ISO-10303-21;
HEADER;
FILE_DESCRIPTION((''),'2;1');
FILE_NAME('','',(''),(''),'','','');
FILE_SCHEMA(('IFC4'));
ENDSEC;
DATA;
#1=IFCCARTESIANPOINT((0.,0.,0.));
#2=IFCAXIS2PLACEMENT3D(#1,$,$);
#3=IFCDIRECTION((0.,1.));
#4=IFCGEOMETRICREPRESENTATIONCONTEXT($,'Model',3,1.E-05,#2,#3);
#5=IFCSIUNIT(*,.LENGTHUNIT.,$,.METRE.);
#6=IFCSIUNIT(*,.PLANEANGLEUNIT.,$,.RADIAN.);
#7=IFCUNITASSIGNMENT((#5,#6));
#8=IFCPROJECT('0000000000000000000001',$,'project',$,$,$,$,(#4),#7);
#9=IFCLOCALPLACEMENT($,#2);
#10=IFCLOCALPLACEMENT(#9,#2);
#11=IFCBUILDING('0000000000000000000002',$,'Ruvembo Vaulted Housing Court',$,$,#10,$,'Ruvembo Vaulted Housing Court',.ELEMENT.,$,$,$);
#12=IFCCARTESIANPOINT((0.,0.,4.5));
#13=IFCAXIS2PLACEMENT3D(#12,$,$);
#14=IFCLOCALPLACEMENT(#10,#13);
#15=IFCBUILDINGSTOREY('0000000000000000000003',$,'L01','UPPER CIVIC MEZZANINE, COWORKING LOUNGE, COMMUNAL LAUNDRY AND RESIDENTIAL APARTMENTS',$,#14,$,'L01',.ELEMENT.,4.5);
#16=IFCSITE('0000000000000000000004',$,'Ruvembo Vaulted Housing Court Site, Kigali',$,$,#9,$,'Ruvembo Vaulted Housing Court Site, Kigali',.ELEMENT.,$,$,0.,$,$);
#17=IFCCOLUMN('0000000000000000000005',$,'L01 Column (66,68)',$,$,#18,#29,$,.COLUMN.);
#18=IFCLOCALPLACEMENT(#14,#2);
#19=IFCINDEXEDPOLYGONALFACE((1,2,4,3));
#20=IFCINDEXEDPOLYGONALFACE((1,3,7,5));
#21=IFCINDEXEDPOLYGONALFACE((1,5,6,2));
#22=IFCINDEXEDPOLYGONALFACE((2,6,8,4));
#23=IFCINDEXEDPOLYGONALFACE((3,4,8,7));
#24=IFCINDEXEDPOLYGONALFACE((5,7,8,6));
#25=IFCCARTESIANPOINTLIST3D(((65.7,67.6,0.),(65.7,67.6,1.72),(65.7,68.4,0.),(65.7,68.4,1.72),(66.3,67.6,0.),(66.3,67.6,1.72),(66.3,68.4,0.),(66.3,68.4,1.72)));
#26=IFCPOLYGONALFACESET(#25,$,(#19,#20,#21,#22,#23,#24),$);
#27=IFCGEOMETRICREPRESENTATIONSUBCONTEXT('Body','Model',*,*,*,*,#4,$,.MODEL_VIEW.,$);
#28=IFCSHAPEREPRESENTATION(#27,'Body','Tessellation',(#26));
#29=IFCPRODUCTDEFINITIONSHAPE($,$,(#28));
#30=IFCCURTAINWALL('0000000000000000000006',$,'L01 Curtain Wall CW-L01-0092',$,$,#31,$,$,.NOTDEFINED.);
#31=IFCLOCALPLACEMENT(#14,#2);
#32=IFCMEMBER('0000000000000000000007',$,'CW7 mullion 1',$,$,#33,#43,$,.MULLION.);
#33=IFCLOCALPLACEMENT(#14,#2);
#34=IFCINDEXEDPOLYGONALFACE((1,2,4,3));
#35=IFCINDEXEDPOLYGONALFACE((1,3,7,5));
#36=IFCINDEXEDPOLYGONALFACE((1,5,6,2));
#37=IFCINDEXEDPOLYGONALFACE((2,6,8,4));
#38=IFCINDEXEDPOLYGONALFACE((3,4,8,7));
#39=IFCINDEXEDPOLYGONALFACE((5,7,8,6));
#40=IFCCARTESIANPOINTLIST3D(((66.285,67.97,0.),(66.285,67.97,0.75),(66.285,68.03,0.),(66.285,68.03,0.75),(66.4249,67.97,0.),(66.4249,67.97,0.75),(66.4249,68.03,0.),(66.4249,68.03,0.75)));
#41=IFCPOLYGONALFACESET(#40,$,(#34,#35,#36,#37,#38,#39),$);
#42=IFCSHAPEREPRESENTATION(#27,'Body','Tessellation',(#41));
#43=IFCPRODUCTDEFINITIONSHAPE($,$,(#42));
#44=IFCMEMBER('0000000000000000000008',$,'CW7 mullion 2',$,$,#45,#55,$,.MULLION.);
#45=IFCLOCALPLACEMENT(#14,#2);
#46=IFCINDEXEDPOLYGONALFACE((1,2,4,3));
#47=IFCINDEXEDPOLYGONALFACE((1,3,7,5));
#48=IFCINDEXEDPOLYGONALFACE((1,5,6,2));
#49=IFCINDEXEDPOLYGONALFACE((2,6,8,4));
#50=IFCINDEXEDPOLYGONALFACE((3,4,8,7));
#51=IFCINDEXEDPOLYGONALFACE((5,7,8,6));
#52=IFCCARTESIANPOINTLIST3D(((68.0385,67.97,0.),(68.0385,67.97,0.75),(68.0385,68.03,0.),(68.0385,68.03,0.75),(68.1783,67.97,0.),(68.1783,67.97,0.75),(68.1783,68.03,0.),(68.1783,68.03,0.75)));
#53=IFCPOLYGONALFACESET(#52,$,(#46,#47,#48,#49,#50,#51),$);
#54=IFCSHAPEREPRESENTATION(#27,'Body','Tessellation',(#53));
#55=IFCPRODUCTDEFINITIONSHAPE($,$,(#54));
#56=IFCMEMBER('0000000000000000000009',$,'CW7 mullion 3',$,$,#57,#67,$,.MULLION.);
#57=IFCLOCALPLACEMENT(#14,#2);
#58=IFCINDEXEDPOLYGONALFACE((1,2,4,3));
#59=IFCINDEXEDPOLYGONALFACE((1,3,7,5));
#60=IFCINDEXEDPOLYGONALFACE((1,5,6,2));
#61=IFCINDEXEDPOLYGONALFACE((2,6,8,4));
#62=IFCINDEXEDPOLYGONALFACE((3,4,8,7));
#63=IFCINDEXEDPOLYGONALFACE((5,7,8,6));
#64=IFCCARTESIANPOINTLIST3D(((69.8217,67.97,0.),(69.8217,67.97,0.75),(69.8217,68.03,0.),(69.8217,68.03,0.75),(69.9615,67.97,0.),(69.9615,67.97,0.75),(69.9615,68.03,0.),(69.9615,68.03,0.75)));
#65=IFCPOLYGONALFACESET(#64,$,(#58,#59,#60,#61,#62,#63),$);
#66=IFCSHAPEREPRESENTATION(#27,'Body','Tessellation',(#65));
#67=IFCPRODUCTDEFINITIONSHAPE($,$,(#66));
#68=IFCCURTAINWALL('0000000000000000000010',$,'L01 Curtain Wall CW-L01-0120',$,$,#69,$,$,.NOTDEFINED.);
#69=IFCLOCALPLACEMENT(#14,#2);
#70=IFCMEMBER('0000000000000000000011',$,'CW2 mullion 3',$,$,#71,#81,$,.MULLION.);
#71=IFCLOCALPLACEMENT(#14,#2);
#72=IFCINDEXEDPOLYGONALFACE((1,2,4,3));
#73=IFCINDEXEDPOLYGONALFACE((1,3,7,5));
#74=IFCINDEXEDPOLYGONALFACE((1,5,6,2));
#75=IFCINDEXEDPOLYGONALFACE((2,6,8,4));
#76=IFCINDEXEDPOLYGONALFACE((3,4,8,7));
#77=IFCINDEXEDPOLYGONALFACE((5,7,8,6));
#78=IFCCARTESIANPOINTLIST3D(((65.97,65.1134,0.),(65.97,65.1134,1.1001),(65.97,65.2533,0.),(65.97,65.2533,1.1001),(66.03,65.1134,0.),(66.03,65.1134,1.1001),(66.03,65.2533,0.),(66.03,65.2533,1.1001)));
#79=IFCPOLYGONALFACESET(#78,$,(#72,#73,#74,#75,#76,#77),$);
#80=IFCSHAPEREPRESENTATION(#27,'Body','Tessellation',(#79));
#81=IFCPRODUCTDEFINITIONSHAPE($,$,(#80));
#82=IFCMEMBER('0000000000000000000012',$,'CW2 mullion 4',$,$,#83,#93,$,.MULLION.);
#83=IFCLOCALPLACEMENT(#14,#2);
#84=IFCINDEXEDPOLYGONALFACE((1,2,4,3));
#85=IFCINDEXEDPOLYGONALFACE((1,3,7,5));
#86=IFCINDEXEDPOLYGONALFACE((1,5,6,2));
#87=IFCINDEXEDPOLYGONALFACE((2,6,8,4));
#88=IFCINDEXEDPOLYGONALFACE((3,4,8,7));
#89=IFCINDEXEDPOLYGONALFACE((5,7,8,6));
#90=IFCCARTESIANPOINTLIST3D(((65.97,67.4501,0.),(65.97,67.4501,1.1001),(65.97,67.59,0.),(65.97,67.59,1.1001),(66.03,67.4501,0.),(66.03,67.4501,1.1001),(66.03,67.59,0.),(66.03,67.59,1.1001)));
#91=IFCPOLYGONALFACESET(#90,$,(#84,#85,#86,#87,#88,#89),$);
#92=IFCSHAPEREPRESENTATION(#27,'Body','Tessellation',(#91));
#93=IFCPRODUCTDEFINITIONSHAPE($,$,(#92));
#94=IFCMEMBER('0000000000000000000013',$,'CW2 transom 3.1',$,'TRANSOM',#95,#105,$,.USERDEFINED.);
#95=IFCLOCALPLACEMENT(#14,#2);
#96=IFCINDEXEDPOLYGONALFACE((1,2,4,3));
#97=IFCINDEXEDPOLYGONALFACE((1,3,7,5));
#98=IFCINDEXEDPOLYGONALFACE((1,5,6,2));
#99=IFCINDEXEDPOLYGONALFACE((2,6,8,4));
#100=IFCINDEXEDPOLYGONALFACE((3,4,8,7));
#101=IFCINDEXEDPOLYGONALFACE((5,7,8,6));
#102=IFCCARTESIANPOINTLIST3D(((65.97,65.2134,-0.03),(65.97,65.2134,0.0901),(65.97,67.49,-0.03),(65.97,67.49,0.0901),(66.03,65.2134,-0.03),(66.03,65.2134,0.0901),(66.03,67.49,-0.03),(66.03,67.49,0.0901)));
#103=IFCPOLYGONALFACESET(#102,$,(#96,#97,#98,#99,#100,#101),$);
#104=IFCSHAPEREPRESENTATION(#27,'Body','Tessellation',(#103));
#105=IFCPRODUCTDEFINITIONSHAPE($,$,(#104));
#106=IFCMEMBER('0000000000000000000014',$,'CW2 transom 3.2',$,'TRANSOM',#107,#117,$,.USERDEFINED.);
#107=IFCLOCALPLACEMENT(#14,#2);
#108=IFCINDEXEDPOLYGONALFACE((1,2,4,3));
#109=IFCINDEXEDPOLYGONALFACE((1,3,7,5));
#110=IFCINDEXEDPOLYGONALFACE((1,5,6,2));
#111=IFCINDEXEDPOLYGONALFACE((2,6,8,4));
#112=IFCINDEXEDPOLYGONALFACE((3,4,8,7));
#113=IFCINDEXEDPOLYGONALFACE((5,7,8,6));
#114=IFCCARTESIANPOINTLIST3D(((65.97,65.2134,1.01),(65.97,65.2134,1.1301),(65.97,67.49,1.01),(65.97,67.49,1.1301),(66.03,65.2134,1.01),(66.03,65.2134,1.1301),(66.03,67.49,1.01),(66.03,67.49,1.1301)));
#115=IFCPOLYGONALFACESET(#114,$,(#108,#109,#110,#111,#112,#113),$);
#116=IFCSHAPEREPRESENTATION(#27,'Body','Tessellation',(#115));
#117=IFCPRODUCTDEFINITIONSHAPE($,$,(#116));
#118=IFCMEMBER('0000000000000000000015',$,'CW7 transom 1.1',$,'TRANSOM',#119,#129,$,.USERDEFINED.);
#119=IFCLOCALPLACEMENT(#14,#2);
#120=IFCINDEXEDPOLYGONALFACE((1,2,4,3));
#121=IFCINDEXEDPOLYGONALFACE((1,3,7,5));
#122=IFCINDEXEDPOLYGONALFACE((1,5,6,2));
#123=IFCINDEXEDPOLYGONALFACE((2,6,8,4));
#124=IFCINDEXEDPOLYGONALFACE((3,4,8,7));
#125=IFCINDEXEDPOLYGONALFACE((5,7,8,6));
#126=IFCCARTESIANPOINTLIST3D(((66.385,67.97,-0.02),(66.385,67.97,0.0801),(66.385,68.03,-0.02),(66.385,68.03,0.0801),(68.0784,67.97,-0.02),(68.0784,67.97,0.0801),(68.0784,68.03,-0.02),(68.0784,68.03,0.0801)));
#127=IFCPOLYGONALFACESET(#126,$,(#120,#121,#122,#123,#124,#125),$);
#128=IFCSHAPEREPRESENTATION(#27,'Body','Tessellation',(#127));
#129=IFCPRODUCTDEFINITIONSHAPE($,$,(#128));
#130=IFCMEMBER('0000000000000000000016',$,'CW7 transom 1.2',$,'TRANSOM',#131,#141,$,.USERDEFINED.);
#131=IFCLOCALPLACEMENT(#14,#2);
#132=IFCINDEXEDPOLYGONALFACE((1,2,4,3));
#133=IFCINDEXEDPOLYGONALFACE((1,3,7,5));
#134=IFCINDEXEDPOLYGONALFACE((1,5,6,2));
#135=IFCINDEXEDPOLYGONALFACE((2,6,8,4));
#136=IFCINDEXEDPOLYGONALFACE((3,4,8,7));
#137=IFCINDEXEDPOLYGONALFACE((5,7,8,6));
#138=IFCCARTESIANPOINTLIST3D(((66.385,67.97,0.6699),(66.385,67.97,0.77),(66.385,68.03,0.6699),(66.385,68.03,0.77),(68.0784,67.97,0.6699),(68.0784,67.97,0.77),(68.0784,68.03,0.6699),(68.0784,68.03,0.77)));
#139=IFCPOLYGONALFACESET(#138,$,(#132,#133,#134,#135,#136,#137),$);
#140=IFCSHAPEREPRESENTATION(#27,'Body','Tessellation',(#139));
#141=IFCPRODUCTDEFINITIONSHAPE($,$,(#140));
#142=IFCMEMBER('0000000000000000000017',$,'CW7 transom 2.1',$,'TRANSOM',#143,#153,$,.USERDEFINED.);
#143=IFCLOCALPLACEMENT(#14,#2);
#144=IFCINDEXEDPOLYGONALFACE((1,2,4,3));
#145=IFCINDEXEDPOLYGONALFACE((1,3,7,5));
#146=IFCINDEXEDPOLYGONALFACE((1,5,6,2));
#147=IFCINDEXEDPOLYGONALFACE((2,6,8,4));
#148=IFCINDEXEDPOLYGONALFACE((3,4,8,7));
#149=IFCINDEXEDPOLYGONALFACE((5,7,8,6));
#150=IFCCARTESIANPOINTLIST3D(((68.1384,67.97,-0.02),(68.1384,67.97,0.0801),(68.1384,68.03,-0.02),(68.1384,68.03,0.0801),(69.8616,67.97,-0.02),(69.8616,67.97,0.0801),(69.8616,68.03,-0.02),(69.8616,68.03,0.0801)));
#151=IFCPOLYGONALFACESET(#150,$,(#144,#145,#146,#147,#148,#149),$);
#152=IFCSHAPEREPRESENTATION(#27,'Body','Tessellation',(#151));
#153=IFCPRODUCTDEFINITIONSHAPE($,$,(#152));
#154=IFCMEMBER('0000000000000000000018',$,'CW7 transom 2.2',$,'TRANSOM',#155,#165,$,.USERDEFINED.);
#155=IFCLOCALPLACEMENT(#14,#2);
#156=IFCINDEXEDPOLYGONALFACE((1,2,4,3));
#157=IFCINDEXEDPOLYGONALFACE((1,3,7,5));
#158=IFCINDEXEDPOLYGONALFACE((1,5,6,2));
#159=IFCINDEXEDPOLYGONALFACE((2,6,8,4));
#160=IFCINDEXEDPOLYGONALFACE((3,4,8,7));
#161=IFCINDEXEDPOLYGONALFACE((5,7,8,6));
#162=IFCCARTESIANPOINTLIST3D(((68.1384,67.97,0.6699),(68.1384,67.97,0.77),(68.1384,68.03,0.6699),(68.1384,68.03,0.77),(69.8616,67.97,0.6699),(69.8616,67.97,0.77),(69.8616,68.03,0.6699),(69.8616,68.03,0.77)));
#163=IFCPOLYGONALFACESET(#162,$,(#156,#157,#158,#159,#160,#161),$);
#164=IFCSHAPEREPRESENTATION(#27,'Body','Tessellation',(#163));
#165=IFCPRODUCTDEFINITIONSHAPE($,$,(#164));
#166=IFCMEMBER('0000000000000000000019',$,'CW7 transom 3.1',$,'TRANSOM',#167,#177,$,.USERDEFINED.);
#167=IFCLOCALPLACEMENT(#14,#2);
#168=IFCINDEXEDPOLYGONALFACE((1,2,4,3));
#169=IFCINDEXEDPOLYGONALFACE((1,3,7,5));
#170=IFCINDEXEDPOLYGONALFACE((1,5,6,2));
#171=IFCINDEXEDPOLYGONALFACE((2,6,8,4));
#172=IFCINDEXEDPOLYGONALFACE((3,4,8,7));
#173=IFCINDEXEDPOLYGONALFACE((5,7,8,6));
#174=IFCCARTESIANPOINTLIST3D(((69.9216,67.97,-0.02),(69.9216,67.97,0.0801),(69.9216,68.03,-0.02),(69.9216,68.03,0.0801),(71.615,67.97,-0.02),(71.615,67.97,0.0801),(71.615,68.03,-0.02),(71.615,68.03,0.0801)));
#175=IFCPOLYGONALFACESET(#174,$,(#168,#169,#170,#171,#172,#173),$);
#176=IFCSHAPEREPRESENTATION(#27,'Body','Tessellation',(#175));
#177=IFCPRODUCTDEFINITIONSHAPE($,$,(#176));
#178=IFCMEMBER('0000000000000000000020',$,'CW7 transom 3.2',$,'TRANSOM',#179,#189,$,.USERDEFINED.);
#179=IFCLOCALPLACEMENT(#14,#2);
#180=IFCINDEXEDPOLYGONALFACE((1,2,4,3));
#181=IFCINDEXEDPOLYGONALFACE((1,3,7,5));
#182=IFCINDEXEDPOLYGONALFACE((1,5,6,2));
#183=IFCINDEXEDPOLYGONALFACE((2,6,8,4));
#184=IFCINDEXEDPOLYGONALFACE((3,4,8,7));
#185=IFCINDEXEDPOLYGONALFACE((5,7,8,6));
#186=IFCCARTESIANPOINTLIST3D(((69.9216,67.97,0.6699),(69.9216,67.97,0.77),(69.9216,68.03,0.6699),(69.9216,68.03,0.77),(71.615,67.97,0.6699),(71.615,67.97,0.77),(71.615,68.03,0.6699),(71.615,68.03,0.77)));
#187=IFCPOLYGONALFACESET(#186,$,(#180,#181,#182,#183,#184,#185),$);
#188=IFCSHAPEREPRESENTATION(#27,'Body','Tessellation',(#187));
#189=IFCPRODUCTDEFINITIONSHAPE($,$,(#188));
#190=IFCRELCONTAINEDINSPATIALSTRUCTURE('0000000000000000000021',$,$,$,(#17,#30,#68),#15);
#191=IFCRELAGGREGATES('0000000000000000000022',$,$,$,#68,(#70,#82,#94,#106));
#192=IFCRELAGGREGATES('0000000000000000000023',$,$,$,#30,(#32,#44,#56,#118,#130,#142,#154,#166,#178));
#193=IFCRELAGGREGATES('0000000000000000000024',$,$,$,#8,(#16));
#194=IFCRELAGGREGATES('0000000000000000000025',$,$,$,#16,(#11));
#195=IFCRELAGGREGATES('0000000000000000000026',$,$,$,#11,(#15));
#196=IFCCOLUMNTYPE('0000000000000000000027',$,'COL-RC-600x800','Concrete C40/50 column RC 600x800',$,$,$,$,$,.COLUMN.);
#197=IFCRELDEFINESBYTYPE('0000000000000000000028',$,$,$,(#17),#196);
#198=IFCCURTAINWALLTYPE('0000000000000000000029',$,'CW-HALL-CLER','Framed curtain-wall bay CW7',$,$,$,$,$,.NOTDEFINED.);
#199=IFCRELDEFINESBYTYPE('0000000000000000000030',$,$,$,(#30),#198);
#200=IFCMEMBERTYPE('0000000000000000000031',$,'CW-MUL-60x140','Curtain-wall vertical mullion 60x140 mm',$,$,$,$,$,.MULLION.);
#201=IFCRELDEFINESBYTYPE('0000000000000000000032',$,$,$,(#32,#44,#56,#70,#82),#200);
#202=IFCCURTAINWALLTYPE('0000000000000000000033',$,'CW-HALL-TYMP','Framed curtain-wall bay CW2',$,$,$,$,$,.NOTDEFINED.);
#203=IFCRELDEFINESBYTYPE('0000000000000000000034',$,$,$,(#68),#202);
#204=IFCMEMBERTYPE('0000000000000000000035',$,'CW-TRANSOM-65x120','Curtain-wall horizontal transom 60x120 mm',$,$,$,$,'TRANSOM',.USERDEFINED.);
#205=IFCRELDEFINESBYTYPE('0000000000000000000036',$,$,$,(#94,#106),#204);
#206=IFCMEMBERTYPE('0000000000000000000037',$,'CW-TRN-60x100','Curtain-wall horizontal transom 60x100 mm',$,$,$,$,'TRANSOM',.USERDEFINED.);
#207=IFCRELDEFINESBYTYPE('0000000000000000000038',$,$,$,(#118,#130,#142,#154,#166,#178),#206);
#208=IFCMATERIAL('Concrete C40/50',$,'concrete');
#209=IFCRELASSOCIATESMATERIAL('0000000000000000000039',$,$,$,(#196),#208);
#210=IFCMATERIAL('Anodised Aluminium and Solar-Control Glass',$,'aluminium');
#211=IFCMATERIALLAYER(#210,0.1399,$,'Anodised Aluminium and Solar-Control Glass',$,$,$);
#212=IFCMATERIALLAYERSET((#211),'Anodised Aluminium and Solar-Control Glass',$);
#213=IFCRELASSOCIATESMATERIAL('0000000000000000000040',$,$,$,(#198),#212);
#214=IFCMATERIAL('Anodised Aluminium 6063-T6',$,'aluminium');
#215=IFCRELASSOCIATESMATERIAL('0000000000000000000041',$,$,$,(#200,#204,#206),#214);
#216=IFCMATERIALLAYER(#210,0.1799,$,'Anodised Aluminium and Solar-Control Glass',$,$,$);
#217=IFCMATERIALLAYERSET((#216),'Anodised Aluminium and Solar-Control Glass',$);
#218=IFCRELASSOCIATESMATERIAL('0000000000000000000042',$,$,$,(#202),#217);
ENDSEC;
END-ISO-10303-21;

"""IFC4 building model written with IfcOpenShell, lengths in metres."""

from ifc_helpers import new_model, si_unit, direction, frame, origin, origin_2d, place, context, subcontext, project, spatial, rectangle, extrude, material, layer, layer_set, material_profile, profile_set, type_object, element, aggregate, save


model = new_model("IFC4")

# Units and contexts
model_context = context("Model", 3, precision=1e-05, world=origin(), true_north=direction((0.0, 1.0)))
body_context = subcontext(model_context, "Body", "Model", "MODEL_VIEW")
ifc_project = project(units=[si_unit("LENGTHUNIT", "METRE"), si_unit("PLANEANGLEUNIT", "RADIAN")], contexts=[model_context])

# Site, building, storey
site_placement = place(None, origin())
site = spatial("IfcSite", under=ifc_project, at=site_placement, Name="Ruvembo Vaulted Housing Court Site, Kigali", LongName="Ruvembo Vaulted Housing Court Site, Kigali", CompositionType="ELEMENT", RefElevation=0.0)
building_placement = place(site_placement, origin())
building = spatial("IfcBuilding", under=site, at=building_placement, Name="Ruvembo Vaulted Housing Court", LongName="Ruvembo Vaulted Housing Court", CompositionType="ELEMENT")
storey_placement = place(building_placement, frame((0.0, 0.0, 4.5)))
storey = spatial("IfcBuildingStorey", under=building, at=storey_placement, Name="L01", Description="UPPER CIVIC MEZZANINE, COWORKING LOUNGE, COMMUNAL LAUNDRY AND RESIDENTIAL APARTMENTS", LongName="L01", CompositionType="ELEMENT", Elevation=4.5)

# Column
ifc_material_1 = material(Name="Concrete C40/50", Category="concrete")
ifc_material_profile_1 = material_profile(ifc_material_1, rectangle(XDim=0.6001, YDim=0.8, at=origin_2d()), Name="RC 600x800")
ifc_profile_set_1 = profile_set([ifc_material_profile_1], Name="Concrete C40/50")
column_type = type_object("IfcColumnType", Name="COL-RC-600x800", Description="Concrete C40/50 column RC 600x800", PredefinedType="COLUMN", material=ifc_profile_set_1)
column_placement = place(storey_placement, frame((66.0, 68.0, 0.0), z_axis=(0.0, 0.0, 1.0), x_axis=(1.0, 0.0, 0.0)))
element("IfcColumn", 1, at=column_placement, inside=storey, type_object=column_type, Name="L01 Column (66,68)", PredefinedType="COLUMN", context=body_context, shape_type="SweptSolid", body=[
    extrude(rectangle(XDim=0.6001, YDim=0.8, at=origin_2d()), origin(), (0.0, 0.0, 1.0), 1.72),
])

# Curtain walls, members
ifc_material_2 = material(Name="Anodised Aluminium and Solar-Control Glass", Category="aluminium")
ifc_layer_1 = layer(ifc_material_2, 0.1399, Name="Anodised Aluminium and Solar-Control Glass")
ifc_layer_set_1 = layer_set([ifc_layer_1], Name="Anodised Aluminium and Solar-Control Glass")
curtain_wall_type_1 = type_object("IfcCurtainWallType", Name="CW-HALL-CLER", Description="Framed curtain-wall bay CW7", PredefinedType="NOTDEFINED", material=ifc_layer_set_1)
curtain_wall_1_placement = place(storey_placement, origin())
curtain_wall_1 = element("IfcCurtainWall", 2, at=curtain_wall_1_placement, inside=storey, type_object=curtain_wall_type_1, Name="L01 Curtain Wall CW-L01-0092", PredefinedType="NOTDEFINED")
ifc_material_3 = material(Name="Anodised Aluminium 6063-T6", Category="aluminium")
ifc_material_profile_2 = material_profile(ifc_material_3, rectangle(XDim=0.0601, YDim=0.1399, at=origin_2d()), Name="ALU 60x140")
ifc_profile_set_2 = profile_set([ifc_material_profile_2], Name="Anodised Aluminium 6063-T6")
member_type_1 = type_object("IfcMemberType", Name="CW-MUL-60x140", Description="Curtain-wall vertical mullion 60x140 mm", PredefinedType="MULLION", material=ifc_profile_set_2)
member_1_placement = place(storey_placement, frame((66.355, 68.0, 0.0), z_axis=(0.0, 0.0, 1.0), x_axis=(0.0, 1.0, 0.0)))
member_1 = element("IfcMember", 3, at=member_1_placement, type_object=member_type_1, Name="CW7 mullion 1", PredefinedType="MULLION", context=body_context, shape_type="SweptSolid", body=[
    extrude(rectangle(XDim=0.0601, YDim=0.1399, at=origin_2d()), origin(), (0.0, 0.0, 1.0), 0.75),
])
member_2_placement = place(storey_placement, frame((68.1084, 68.0, 0.0), z_axis=(0.0, 0.0, 1.0), x_axis=(0.0, 1.0, 0.0)))
member_2 = element("IfcMember", 4, at=member_2_placement, type_object=member_type_1, Name="CW7 mullion 2", PredefinedType="MULLION", context=body_context, shape_type="SweptSolid", body=[
    extrude(rectangle(XDim=0.0601, YDim=0.1399, at=origin_2d()), origin(), (0.0, 0.0, 1.0), 0.75),
])
member_3_placement = place(storey_placement, frame((69.8916, 68.0, 0.0), z_axis=(0.0, 0.0, 1.0), x_axis=(0.0, 1.0, 0.0)))
member_3 = element("IfcMember", 5, at=member_3_placement, type_object=member_type_1, Name="CW7 mullion 3", PredefinedType="MULLION", context=body_context, shape_type="SweptSolid", body=[
    extrude(rectangle(XDim=0.0601, YDim=0.1399, at=origin_2d()), origin(), (0.0, 0.0, 1.0), 0.75),
])
ifc_layer_2 = layer(ifc_material_2, 0.1799, Name="Anodised Aluminium and Solar-Control Glass")
ifc_layer_set_2 = layer_set([ifc_layer_2], Name="Anodised Aluminium and Solar-Control Glass")
curtain_wall_type_2 = type_object("IfcCurtainWallType", Name="CW-HALL-TYMP", Description="Framed curtain-wall bay CW2", PredefinedType="NOTDEFINED", material=ifc_layer_set_2)
curtain_wall_2_placement = place(storey_placement, origin())
curtain_wall_2 = element("IfcCurtainWall", 6, at=curtain_wall_2_placement, inside=storey, type_object=curtain_wall_type_2, Name="L01 Curtain Wall CW-L01-0120", PredefinedType="NOTDEFINED")
member_4_placement = place(storey_placement, frame((66.0, 65.1833, 0.0), z_axis=(0.0, 0.0, 1.0), x_axis=(-1.0, 0.0, 0.0)))
member_4 = element("IfcMember", 7, at=member_4_placement, type_object=member_type_1, Name="CW2 mullion 3", PredefinedType="MULLION", context=body_context, shape_type="SweptSolid", body=[
    extrude(rectangle(XDim=0.0601, YDim=0.1399, at=origin_2d()), origin(), (0.0, 0.0, 1.0), 1.1001),
])
member_5_placement = place(storey_placement, frame((66.0, 67.52, 0.0), z_axis=(0.0, 0.0, 1.0), x_axis=(-1.0, 0.0, 0.0)))
member_5 = element("IfcMember", 8, at=member_5_placement, type_object=member_type_1, Name="CW2 mullion 4", PredefinedType="MULLION", context=body_context, shape_type="SweptSolid", body=[
    extrude(rectangle(XDim=0.0601, YDim=0.1399, at=origin_2d()), origin(), (0.0, 0.0, 1.0), 1.1001),
])
ifc_material_profile_3 = material_profile(ifc_material_3, rectangle(XDim=0.0601, YDim=0.1201, at=origin_2d()), Name="ALU 60x120")
ifc_profile_set_3 = profile_set([ifc_material_profile_3], Name="Anodised Aluminium 6063-T6")
member_type_2 = type_object("IfcMemberType", Name="CW-TRANSOM-65x120", Description="Curtain-wall horizontal transom 60x120 mm", ElementType="TRANSOM", PredefinedType="USERDEFINED", material=ifc_profile_set_3)
member_6_placement = place(storey_placement, frame((66.0, 65.2134, 0.03), z_axis=(0.0, 1.0, 0.0), x_axis=(-1.0, 0.0, 0.0)))
member_6 = element("IfcMember", 9, at=member_6_placement, type_object=member_type_2, Name="CW2 transom 3.1", ObjectType="TRANSOM", PredefinedType="USERDEFINED", context=body_context, shape_type="SweptSolid", body=[
    extrude(rectangle(XDim=0.0601, YDim=0.1201, at=origin_2d()), origin(), (0.0, 0.0, 1.0), 2.2766),
])
member_7_placement = place(storey_placement, frame((66.0, 65.2134, 1.0701), z_axis=(0.0, 1.0, 0.0), x_axis=(-1.0, 0.0, 0.0)))
member_7 = element("IfcMember", 10, at=member_7_placement, type_object=member_type_2, Name="CW2 transom 3.2", ObjectType="TRANSOM", PredefinedType="USERDEFINED", context=body_context, shape_type="SweptSolid", body=[
    extrude(rectangle(XDim=0.0601, YDim=0.1201, at=origin_2d()), origin(), (0.0, 0.0, 1.0), 2.2766),
])

# Members
ifc_material_profile_4 = material_profile(ifc_material_3, rectangle(XDim=0.0601, YDim=0.1001, at=origin_2d()), Name="ALU 60x100")
ifc_profile_set_4 = profile_set([ifc_material_profile_4], Name="Anodised Aluminium 6063-T6")
member_type_3 = type_object("IfcMemberType", Name="CW-TRN-60x100", Description="Curtain-wall horizontal transom 60x100 mm", ElementType="TRANSOM", PredefinedType="USERDEFINED", material=ifc_profile_set_4)
member_8_placement = place(storey_placement, frame((66.385, 68.0, 0.03), z_axis=(1.0, 0.0, 0.0), x_axis=(0.0, 1.0, 0.0)))
member_8 = element("IfcMember", 11, at=member_8_placement, type_object=member_type_3, Name="CW7 transom 1.1", ObjectType="TRANSOM", PredefinedType="USERDEFINED", context=body_context, shape_type="SweptSolid", body=[
    extrude(rectangle(XDim=0.0601, YDim=0.1001, at=origin_2d()), origin(), (0.0, 0.0, 1.0), 1.6934),
])
member_9_placement = place(storey_placement, frame((66.385, 68.0, 0.72), z_axis=(1.0, 0.0, 0.0), x_axis=(0.0, 1.0, 0.0)))
member_9 = element("IfcMember", 12, at=member_9_placement, type_object=member_type_3, Name="CW7 transom 1.2", ObjectType="TRANSOM", PredefinedType="USERDEFINED", context=body_context, shape_type="SweptSolid", body=[
    extrude(rectangle(XDim=0.0601, YDim=0.1001, at=origin_2d()), origin(), (0.0, 0.0, 1.0), 1.6934),
])
member_10_placement = place(storey_placement, frame((68.1384, 68.0, 0.03), z_axis=(1.0, 0.0, 0.0), x_axis=(0.0, 1.0, 0.0)))
member_10 = element("IfcMember", 13, at=member_10_placement, type_object=member_type_3, Name="CW7 transom 2.1", ObjectType="TRANSOM", PredefinedType="USERDEFINED", context=body_context, shape_type="SweptSolid", body=[
    extrude(rectangle(XDim=0.0601, YDim=0.1001, at=origin_2d()), origin(), (0.0, 0.0, 1.0), 1.7231),
])
member_11_placement = place(storey_placement, frame((68.1384, 68.0, 0.72), z_axis=(1.0, 0.0, 0.0), x_axis=(0.0, 1.0, 0.0)))
member_11 = element("IfcMember", 14, at=member_11_placement, type_object=member_type_3, Name="CW7 transom 2.2", ObjectType="TRANSOM", PredefinedType="USERDEFINED", context=body_context, shape_type="SweptSolid", body=[
    extrude(rectangle(XDim=0.0601, YDim=0.1001, at=origin_2d()), origin(), (0.0, 0.0, 1.0), 1.7231),
])
member_12_placement = place(storey_placement, frame((69.9216, 68.0, 0.03), z_axis=(1.0, 0.0, 0.0), x_axis=(0.0, 1.0, 0.0)))
member_12 = element("IfcMember", 15, at=member_12_placement, type_object=member_type_3, Name="CW7 transom 3.1", ObjectType="TRANSOM", PredefinedType="USERDEFINED", context=body_context, shape_type="SweptSolid", body=[
    extrude(rectangle(XDim=0.0601, YDim=0.1001, at=origin_2d()), origin(), (0.0, 0.0, 1.0), 1.6934),
])
member_13_placement = place(storey_placement, frame((69.9216, 68.0, 0.72), z_axis=(1.0, 0.0, 0.0), x_axis=(0.0, 1.0, 0.0)))
member_13 = element("IfcMember", 16, at=member_13_placement, type_object=member_type_3, Name="CW7 transom 3.2", ObjectType="TRANSOM", PredefinedType="USERDEFINED", context=body_context, shape_type="SweptSolid", body=[
    extrude(rectangle(XDim=0.0601, YDim=0.1001, at=origin_2d()), origin(), (0.0, 0.0, 1.0), 1.6934),
])

aggregate(curtain_wall_2, [member_4, member_5, member_6, member_7])
aggregate(curtain_wall_1, [member_1, member_2, member_3, member_8, member_9, member_10, member_11, member_12, member_13])

save(model, "model.ifc")
